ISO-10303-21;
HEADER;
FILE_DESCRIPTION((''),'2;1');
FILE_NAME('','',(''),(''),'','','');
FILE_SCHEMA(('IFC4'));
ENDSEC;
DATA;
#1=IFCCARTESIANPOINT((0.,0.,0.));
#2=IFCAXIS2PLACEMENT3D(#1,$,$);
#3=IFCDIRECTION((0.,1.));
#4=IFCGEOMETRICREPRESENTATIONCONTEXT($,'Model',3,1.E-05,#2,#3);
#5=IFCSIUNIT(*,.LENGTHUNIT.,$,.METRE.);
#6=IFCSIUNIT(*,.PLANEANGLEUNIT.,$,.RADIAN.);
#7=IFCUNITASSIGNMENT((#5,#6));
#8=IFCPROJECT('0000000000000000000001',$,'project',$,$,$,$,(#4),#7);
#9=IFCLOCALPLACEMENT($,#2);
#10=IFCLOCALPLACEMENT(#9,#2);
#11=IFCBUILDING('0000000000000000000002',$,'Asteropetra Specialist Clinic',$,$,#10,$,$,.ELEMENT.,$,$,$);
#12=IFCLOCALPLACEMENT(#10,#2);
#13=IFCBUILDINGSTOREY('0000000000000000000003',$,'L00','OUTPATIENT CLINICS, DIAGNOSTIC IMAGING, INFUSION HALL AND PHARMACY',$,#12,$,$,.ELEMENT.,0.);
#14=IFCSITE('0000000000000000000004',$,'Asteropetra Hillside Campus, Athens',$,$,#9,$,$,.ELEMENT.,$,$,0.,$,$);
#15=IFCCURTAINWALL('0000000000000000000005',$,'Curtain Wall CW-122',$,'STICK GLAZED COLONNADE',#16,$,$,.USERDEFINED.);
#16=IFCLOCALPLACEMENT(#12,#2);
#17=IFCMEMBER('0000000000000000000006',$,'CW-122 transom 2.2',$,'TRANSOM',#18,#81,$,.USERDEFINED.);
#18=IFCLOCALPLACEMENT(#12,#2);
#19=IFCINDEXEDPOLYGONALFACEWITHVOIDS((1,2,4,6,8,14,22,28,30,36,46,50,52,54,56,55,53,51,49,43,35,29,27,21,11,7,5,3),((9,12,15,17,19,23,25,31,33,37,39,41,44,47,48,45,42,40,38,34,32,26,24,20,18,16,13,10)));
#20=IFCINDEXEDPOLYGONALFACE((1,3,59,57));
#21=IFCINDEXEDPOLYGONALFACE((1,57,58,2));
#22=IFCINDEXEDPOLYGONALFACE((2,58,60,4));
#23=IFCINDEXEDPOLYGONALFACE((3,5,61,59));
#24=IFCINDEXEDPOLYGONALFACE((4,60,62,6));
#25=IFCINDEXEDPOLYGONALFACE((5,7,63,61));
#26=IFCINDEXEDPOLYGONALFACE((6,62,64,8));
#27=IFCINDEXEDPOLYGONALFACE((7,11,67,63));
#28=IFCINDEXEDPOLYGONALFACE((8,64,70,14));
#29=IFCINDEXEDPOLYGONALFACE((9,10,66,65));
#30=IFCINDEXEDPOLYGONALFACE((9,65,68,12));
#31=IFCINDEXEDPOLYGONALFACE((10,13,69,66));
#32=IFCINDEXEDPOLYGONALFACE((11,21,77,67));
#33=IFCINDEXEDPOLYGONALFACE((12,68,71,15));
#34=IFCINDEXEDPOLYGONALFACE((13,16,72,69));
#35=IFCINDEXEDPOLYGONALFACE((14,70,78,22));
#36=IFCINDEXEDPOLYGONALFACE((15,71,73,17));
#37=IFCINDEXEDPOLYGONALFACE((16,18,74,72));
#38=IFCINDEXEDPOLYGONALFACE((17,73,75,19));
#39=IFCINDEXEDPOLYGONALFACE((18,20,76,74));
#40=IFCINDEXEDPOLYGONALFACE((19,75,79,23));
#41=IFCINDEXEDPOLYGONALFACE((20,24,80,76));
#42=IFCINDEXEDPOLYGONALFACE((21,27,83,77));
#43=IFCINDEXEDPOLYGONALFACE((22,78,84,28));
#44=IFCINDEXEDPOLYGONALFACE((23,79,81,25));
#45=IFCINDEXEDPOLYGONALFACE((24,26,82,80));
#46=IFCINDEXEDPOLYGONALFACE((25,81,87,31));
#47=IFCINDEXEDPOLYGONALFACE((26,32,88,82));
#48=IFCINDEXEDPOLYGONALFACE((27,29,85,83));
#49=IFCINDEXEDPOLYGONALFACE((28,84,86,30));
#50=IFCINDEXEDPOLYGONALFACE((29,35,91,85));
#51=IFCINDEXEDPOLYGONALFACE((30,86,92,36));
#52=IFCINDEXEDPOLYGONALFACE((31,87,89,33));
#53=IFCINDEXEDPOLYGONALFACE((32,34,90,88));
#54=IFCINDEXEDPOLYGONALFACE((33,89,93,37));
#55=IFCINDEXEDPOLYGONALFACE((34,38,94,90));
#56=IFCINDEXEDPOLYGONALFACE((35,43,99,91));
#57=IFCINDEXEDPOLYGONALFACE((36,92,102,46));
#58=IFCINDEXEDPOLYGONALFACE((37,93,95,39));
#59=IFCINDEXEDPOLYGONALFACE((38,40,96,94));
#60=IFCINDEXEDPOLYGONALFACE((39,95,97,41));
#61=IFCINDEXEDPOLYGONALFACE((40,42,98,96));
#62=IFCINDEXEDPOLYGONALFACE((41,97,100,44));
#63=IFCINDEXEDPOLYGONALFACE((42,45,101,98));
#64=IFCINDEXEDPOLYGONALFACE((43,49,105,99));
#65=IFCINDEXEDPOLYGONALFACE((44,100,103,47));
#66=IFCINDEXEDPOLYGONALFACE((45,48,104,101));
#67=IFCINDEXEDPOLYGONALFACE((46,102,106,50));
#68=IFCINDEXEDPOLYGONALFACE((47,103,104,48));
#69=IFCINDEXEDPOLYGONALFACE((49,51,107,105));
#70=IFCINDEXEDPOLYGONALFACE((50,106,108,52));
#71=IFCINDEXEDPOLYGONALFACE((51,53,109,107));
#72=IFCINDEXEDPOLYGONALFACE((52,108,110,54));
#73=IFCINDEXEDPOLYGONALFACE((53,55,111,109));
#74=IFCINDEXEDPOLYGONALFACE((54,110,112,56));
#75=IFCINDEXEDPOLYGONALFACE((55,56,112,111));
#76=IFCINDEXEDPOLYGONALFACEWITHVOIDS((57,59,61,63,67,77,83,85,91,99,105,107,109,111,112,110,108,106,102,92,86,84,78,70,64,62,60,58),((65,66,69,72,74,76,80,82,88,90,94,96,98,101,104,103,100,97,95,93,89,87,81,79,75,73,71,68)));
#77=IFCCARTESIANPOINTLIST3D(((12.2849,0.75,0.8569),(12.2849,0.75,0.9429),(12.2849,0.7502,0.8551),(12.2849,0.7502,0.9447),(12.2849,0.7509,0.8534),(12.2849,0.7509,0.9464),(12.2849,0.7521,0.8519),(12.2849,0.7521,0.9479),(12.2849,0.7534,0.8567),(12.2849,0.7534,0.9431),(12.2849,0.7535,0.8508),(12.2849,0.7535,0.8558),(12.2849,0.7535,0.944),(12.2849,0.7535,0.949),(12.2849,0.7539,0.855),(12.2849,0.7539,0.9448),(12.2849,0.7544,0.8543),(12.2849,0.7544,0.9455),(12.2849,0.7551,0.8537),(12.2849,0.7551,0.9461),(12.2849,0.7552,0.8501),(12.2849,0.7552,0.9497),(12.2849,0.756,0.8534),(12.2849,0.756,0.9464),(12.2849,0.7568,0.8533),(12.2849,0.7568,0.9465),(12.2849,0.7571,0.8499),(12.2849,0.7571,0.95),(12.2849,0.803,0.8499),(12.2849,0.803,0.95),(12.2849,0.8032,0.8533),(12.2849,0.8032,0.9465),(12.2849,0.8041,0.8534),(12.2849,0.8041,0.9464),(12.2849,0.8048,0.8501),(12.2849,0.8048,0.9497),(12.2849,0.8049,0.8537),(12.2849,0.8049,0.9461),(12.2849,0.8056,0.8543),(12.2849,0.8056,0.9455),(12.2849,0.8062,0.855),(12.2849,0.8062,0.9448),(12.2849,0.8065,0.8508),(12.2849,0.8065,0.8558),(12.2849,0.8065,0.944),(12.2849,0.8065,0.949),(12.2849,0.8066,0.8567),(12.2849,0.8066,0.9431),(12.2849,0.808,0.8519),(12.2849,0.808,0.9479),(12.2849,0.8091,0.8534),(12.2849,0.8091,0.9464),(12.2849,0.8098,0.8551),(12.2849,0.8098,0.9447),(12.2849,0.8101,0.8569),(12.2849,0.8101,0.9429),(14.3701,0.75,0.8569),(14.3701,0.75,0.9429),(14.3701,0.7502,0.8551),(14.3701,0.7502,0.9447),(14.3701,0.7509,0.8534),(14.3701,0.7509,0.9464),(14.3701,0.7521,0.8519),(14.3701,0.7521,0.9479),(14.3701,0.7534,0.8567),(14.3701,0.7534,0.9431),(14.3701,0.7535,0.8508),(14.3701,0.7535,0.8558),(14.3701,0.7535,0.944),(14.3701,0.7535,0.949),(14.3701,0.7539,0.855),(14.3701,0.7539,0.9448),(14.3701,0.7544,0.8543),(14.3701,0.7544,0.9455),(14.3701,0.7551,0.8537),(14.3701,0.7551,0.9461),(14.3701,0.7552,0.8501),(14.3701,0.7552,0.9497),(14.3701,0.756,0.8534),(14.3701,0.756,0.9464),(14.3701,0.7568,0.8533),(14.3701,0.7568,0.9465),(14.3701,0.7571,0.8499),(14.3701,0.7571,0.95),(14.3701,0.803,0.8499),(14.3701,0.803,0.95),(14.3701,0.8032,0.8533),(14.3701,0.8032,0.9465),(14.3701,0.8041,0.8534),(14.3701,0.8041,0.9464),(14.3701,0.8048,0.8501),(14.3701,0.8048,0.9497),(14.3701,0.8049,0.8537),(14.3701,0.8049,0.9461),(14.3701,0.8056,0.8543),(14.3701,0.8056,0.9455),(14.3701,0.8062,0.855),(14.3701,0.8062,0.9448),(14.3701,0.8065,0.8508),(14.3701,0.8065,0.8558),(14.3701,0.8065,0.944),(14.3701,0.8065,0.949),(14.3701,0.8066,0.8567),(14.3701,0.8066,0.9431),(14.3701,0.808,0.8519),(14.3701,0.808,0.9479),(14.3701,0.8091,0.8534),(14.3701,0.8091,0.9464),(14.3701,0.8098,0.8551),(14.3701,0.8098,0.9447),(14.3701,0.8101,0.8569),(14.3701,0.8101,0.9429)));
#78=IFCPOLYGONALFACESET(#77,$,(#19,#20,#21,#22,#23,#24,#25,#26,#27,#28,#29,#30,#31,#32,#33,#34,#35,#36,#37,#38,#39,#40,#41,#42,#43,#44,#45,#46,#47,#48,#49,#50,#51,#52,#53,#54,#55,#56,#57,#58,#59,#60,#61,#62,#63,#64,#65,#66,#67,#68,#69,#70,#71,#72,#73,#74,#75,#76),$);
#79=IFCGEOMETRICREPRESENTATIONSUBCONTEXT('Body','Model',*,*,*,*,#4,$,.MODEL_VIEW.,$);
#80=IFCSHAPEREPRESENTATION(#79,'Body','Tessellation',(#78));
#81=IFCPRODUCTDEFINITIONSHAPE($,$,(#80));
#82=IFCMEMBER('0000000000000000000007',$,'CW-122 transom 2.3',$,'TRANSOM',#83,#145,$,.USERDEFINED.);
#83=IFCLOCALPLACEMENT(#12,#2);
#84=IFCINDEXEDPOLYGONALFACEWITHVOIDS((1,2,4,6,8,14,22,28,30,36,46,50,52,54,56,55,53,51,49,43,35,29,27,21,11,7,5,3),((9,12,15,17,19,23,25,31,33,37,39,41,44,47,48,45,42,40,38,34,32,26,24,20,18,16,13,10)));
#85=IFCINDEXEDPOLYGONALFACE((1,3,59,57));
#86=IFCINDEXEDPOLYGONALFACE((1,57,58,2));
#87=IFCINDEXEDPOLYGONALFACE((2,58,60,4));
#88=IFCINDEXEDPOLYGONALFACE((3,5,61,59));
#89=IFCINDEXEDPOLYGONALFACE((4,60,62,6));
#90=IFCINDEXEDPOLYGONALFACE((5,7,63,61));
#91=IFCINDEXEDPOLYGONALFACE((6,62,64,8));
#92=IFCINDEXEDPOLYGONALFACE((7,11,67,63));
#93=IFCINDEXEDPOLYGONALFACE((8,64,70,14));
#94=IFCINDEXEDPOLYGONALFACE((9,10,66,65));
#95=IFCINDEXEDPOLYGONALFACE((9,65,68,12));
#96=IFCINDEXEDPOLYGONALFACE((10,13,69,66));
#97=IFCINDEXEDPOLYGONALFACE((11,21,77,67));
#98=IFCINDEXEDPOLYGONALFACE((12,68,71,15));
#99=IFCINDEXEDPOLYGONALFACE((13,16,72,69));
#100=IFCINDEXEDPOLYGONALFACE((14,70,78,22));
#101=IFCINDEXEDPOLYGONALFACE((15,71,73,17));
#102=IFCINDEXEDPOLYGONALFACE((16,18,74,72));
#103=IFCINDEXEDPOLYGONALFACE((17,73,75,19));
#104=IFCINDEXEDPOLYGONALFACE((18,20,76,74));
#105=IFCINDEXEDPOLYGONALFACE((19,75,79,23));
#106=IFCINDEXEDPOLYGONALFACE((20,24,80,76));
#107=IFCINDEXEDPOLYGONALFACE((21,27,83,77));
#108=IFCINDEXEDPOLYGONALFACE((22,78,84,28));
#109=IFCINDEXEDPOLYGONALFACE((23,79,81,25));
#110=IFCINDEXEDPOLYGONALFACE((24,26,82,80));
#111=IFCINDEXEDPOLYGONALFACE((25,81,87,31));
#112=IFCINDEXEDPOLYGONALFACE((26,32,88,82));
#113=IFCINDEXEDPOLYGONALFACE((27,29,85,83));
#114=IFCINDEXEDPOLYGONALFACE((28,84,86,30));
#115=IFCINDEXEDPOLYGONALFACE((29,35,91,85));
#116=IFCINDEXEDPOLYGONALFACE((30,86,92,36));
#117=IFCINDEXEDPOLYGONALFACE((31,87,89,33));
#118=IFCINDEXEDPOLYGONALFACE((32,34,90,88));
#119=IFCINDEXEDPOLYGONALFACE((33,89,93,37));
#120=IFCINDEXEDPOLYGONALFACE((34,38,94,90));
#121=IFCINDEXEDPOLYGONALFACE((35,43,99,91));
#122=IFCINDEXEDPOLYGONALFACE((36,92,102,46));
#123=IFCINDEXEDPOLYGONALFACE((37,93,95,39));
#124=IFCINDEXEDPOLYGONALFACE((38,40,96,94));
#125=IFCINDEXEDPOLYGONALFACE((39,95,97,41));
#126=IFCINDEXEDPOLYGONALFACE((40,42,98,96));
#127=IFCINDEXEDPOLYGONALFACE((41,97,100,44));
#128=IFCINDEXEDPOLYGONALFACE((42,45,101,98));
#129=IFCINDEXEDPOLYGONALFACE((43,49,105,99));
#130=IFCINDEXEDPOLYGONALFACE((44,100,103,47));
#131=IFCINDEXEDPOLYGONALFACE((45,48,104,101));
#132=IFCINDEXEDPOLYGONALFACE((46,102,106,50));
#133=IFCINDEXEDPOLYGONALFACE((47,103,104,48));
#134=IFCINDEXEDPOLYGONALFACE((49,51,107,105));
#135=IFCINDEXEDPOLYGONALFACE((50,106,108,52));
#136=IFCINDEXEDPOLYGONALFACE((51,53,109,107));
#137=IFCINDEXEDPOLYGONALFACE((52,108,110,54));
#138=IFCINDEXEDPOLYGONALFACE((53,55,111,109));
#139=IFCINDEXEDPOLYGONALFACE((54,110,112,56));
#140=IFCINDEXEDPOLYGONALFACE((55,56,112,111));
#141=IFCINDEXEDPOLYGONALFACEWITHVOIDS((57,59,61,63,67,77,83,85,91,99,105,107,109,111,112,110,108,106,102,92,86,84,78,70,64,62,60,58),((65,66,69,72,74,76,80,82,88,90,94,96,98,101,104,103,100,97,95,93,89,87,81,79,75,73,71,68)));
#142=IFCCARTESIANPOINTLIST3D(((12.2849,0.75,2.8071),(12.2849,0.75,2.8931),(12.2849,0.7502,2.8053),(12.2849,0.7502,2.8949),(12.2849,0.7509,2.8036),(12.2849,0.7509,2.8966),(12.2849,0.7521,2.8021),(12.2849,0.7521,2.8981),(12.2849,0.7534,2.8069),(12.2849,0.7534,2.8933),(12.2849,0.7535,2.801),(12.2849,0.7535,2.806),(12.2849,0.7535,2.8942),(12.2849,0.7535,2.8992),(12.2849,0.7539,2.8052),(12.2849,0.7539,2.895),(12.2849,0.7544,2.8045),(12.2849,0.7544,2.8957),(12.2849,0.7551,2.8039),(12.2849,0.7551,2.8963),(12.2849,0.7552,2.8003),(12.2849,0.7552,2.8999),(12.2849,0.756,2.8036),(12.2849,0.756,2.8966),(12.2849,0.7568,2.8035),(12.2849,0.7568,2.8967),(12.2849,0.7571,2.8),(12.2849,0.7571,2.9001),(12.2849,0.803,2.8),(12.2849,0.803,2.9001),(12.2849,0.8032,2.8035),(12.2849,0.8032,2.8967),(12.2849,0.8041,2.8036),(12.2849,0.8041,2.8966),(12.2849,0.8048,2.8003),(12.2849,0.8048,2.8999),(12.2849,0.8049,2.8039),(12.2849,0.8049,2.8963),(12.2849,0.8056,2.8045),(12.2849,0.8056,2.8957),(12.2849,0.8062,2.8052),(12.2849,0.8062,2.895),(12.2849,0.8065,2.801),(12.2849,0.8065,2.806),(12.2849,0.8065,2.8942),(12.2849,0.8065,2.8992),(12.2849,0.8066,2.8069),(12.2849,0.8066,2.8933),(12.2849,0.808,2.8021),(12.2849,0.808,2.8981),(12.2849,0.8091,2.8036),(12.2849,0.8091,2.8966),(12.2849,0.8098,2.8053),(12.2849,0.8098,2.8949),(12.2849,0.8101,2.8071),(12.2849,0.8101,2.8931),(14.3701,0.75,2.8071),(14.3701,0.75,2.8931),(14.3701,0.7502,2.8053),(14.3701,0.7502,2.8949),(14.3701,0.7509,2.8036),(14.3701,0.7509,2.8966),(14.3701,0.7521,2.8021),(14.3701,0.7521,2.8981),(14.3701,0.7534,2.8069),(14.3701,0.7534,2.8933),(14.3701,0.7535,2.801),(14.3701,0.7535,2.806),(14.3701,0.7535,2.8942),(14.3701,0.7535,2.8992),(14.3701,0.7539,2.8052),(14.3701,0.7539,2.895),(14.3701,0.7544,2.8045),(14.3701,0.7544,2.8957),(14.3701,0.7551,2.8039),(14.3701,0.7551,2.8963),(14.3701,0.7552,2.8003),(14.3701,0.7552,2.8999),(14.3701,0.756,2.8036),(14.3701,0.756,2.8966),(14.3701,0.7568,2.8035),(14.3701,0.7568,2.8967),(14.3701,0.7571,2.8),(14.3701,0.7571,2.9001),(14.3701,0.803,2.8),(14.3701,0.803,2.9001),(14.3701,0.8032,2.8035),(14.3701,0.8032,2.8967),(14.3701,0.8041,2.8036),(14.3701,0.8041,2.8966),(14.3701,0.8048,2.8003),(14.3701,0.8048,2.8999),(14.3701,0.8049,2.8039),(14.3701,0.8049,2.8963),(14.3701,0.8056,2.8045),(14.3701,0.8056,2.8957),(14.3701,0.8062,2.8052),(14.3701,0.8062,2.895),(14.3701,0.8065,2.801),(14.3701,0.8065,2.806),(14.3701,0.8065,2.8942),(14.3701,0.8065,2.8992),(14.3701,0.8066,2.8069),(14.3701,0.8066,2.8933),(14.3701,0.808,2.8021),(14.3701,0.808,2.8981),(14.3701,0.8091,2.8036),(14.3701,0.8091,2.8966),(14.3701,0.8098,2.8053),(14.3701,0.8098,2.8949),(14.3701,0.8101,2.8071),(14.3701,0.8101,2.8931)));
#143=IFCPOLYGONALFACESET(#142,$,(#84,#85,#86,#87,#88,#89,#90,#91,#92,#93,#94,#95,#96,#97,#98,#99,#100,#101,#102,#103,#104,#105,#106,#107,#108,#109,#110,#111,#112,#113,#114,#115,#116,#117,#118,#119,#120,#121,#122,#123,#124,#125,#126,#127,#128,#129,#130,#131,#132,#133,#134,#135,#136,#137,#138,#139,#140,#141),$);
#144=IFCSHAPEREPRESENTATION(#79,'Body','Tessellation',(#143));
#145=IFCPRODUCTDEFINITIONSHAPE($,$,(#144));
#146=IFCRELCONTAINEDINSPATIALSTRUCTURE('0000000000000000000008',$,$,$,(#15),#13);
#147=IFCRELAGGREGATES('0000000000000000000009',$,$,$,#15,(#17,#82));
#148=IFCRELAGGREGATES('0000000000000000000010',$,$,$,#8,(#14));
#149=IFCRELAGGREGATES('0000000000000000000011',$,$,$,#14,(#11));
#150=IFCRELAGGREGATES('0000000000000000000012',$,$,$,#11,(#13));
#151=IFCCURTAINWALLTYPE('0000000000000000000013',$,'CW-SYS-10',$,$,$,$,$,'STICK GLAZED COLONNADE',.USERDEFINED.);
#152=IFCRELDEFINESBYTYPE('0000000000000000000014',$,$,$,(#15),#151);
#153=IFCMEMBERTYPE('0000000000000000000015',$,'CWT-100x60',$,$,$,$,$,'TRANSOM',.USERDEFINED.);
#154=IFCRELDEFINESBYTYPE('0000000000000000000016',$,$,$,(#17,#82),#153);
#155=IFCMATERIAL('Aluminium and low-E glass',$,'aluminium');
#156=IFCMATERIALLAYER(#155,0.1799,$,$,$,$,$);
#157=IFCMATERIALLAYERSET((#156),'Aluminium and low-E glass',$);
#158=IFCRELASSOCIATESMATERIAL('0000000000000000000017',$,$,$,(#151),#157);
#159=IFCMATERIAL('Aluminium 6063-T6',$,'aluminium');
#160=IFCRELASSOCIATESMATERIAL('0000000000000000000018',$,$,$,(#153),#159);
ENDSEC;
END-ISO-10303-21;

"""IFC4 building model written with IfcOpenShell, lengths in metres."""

from ifc_helpers import new_model, si_unit, direction, frame, origin, origin_2d, place, context, subcontext, project, spatial, hollow_rectangle, extrude, material, layer, layer_set, material_profile, profile_set, type_object, element, aggregate, save


model = new_model("IFC4")

# Units and contexts
model_context = context("Model", 3, precision=1e-05, world=origin(), true_north=direction((0.0, 1.0)))
body_context = subcontext(model_context, "Body", "Model", "MODEL_VIEW")
ifc_project = project(units=[si_unit("LENGTHUNIT", "METRE"), si_unit("PLANEANGLEUNIT", "RADIAN")], contexts=[model_context])

# Site, building, storey
site_placement = place(None, origin())
site = spatial("IfcSite", under=ifc_project, at=site_placement, Name="Asteropetra Hillside Campus, Athens", CompositionType="ELEMENT", RefElevation=0.0)
building_placement = place(site_placement, origin())
building = spatial("IfcBuilding", under=site, at=building_placement, Name="Asteropetra Specialist Clinic", CompositionType="ELEMENT")
storey_placement = place(building_placement, origin())
storey = spatial("IfcBuildingStorey", under=building, at=storey_placement, Name="L00", Description="OUTPATIENT CLINICS, DIAGNOSTIC IMAGING, INFUSION HALL AND PHARMACY", CompositionType="ELEMENT", Elevation=0.0)

# Curtain wall
ifc_material_1 = material(Name="Aluminium and low-E glass", Category="aluminium")
ifc_layer_1 = layer(ifc_material_1, 0.1799)
ifc_layer_set_1 = layer_set([ifc_layer_1], Name="Aluminium and low-E glass")
curtain_wall_type_1 = type_object("IfcCurtainWallType", Name="CW-SYS-10", ElementType="STICK GLAZED COLONNADE", PredefinedType="USERDEFINED", material=ifc_layer_set_1)
curtain_wall_1_placement = place(storey_placement, origin())
curtain_wall_1 = element("IfcCurtainWall", 1, at=curtain_wall_1_placement, inside=storey, type_object=curtain_wall_type_1, Name="Curtain Wall CW-122", ObjectType="STICK GLAZED COLONNADE", PredefinedType="USERDEFINED")

# Members
ifc_material_2 = material(Name="Aluminium 6063-T6", Category="aluminium")
ifc_material_profile_1 = material_profile(ifc_material_2, hollow_rectangle(XDim=0.0601, YDim=0.1001, WallThickness=0.0034, InnerFilletRadius=0.0034, OuterFilletRadius=0.0071, at=origin_2d()), Name="TRN 100x60x3.5")
ifc_profile_set_1 = profile_set([ifc_material_profile_1], Name="Aluminium 6063-T6")
member_type_1 = type_object("IfcMemberType", Name="CWT-100x60", ElementType="TRANSOM", PredefinedType="USERDEFINED", material=ifc_profile_set_1)
member_1_placement = place(storey_placement, frame((12.2849, 0.78, 0.8999), z_axis=(1.0, 0.0, 0.0), x_axis=(0.0, 1.0, 0.0)))
member_1 = element("IfcMember", 2, at=member_1_placement, type_object=member_type_1, Name="CW-122 transom 2.2", ObjectType="TRANSOM", PredefinedType="USERDEFINED", context=body_context, shape_type="SweptSolid", body=[
    extrude(hollow_rectangle(XDim=0.0601, YDim=0.1001, WallThickness=0.0034, InnerFilletRadius=0.0034, OuterFilletRadius=0.0071, at=origin_2d()), origin(), (0.0, 0.0, 1.0), 2.0852),
])
member_2_placement = place(storey_placement, frame((12.2849, 0.78, 2.8501), z_axis=(1.0, 0.0, 0.0), x_axis=(0.0, 1.0, 0.0)))
member_2 = element("IfcMember", 3, at=member_2_placement, type_object=member_type_1, Name="CW-122 transom 2.3", ObjectType="TRANSOM", PredefinedType="USERDEFINED", context=body_context, shape_type="SweptSolid", body=[
    extrude(hollow_rectangle(XDim=0.0601, YDim=0.1001, WallThickness=0.0034, InnerFilletRadius=0.0034, OuterFilletRadius=0.0071, at=origin_2d()), origin(), (0.0, 0.0, 1.0), 2.0852),
])

aggregate(curtain_wall_1, [member_1, member_2])

save(model, "model.ifc")
